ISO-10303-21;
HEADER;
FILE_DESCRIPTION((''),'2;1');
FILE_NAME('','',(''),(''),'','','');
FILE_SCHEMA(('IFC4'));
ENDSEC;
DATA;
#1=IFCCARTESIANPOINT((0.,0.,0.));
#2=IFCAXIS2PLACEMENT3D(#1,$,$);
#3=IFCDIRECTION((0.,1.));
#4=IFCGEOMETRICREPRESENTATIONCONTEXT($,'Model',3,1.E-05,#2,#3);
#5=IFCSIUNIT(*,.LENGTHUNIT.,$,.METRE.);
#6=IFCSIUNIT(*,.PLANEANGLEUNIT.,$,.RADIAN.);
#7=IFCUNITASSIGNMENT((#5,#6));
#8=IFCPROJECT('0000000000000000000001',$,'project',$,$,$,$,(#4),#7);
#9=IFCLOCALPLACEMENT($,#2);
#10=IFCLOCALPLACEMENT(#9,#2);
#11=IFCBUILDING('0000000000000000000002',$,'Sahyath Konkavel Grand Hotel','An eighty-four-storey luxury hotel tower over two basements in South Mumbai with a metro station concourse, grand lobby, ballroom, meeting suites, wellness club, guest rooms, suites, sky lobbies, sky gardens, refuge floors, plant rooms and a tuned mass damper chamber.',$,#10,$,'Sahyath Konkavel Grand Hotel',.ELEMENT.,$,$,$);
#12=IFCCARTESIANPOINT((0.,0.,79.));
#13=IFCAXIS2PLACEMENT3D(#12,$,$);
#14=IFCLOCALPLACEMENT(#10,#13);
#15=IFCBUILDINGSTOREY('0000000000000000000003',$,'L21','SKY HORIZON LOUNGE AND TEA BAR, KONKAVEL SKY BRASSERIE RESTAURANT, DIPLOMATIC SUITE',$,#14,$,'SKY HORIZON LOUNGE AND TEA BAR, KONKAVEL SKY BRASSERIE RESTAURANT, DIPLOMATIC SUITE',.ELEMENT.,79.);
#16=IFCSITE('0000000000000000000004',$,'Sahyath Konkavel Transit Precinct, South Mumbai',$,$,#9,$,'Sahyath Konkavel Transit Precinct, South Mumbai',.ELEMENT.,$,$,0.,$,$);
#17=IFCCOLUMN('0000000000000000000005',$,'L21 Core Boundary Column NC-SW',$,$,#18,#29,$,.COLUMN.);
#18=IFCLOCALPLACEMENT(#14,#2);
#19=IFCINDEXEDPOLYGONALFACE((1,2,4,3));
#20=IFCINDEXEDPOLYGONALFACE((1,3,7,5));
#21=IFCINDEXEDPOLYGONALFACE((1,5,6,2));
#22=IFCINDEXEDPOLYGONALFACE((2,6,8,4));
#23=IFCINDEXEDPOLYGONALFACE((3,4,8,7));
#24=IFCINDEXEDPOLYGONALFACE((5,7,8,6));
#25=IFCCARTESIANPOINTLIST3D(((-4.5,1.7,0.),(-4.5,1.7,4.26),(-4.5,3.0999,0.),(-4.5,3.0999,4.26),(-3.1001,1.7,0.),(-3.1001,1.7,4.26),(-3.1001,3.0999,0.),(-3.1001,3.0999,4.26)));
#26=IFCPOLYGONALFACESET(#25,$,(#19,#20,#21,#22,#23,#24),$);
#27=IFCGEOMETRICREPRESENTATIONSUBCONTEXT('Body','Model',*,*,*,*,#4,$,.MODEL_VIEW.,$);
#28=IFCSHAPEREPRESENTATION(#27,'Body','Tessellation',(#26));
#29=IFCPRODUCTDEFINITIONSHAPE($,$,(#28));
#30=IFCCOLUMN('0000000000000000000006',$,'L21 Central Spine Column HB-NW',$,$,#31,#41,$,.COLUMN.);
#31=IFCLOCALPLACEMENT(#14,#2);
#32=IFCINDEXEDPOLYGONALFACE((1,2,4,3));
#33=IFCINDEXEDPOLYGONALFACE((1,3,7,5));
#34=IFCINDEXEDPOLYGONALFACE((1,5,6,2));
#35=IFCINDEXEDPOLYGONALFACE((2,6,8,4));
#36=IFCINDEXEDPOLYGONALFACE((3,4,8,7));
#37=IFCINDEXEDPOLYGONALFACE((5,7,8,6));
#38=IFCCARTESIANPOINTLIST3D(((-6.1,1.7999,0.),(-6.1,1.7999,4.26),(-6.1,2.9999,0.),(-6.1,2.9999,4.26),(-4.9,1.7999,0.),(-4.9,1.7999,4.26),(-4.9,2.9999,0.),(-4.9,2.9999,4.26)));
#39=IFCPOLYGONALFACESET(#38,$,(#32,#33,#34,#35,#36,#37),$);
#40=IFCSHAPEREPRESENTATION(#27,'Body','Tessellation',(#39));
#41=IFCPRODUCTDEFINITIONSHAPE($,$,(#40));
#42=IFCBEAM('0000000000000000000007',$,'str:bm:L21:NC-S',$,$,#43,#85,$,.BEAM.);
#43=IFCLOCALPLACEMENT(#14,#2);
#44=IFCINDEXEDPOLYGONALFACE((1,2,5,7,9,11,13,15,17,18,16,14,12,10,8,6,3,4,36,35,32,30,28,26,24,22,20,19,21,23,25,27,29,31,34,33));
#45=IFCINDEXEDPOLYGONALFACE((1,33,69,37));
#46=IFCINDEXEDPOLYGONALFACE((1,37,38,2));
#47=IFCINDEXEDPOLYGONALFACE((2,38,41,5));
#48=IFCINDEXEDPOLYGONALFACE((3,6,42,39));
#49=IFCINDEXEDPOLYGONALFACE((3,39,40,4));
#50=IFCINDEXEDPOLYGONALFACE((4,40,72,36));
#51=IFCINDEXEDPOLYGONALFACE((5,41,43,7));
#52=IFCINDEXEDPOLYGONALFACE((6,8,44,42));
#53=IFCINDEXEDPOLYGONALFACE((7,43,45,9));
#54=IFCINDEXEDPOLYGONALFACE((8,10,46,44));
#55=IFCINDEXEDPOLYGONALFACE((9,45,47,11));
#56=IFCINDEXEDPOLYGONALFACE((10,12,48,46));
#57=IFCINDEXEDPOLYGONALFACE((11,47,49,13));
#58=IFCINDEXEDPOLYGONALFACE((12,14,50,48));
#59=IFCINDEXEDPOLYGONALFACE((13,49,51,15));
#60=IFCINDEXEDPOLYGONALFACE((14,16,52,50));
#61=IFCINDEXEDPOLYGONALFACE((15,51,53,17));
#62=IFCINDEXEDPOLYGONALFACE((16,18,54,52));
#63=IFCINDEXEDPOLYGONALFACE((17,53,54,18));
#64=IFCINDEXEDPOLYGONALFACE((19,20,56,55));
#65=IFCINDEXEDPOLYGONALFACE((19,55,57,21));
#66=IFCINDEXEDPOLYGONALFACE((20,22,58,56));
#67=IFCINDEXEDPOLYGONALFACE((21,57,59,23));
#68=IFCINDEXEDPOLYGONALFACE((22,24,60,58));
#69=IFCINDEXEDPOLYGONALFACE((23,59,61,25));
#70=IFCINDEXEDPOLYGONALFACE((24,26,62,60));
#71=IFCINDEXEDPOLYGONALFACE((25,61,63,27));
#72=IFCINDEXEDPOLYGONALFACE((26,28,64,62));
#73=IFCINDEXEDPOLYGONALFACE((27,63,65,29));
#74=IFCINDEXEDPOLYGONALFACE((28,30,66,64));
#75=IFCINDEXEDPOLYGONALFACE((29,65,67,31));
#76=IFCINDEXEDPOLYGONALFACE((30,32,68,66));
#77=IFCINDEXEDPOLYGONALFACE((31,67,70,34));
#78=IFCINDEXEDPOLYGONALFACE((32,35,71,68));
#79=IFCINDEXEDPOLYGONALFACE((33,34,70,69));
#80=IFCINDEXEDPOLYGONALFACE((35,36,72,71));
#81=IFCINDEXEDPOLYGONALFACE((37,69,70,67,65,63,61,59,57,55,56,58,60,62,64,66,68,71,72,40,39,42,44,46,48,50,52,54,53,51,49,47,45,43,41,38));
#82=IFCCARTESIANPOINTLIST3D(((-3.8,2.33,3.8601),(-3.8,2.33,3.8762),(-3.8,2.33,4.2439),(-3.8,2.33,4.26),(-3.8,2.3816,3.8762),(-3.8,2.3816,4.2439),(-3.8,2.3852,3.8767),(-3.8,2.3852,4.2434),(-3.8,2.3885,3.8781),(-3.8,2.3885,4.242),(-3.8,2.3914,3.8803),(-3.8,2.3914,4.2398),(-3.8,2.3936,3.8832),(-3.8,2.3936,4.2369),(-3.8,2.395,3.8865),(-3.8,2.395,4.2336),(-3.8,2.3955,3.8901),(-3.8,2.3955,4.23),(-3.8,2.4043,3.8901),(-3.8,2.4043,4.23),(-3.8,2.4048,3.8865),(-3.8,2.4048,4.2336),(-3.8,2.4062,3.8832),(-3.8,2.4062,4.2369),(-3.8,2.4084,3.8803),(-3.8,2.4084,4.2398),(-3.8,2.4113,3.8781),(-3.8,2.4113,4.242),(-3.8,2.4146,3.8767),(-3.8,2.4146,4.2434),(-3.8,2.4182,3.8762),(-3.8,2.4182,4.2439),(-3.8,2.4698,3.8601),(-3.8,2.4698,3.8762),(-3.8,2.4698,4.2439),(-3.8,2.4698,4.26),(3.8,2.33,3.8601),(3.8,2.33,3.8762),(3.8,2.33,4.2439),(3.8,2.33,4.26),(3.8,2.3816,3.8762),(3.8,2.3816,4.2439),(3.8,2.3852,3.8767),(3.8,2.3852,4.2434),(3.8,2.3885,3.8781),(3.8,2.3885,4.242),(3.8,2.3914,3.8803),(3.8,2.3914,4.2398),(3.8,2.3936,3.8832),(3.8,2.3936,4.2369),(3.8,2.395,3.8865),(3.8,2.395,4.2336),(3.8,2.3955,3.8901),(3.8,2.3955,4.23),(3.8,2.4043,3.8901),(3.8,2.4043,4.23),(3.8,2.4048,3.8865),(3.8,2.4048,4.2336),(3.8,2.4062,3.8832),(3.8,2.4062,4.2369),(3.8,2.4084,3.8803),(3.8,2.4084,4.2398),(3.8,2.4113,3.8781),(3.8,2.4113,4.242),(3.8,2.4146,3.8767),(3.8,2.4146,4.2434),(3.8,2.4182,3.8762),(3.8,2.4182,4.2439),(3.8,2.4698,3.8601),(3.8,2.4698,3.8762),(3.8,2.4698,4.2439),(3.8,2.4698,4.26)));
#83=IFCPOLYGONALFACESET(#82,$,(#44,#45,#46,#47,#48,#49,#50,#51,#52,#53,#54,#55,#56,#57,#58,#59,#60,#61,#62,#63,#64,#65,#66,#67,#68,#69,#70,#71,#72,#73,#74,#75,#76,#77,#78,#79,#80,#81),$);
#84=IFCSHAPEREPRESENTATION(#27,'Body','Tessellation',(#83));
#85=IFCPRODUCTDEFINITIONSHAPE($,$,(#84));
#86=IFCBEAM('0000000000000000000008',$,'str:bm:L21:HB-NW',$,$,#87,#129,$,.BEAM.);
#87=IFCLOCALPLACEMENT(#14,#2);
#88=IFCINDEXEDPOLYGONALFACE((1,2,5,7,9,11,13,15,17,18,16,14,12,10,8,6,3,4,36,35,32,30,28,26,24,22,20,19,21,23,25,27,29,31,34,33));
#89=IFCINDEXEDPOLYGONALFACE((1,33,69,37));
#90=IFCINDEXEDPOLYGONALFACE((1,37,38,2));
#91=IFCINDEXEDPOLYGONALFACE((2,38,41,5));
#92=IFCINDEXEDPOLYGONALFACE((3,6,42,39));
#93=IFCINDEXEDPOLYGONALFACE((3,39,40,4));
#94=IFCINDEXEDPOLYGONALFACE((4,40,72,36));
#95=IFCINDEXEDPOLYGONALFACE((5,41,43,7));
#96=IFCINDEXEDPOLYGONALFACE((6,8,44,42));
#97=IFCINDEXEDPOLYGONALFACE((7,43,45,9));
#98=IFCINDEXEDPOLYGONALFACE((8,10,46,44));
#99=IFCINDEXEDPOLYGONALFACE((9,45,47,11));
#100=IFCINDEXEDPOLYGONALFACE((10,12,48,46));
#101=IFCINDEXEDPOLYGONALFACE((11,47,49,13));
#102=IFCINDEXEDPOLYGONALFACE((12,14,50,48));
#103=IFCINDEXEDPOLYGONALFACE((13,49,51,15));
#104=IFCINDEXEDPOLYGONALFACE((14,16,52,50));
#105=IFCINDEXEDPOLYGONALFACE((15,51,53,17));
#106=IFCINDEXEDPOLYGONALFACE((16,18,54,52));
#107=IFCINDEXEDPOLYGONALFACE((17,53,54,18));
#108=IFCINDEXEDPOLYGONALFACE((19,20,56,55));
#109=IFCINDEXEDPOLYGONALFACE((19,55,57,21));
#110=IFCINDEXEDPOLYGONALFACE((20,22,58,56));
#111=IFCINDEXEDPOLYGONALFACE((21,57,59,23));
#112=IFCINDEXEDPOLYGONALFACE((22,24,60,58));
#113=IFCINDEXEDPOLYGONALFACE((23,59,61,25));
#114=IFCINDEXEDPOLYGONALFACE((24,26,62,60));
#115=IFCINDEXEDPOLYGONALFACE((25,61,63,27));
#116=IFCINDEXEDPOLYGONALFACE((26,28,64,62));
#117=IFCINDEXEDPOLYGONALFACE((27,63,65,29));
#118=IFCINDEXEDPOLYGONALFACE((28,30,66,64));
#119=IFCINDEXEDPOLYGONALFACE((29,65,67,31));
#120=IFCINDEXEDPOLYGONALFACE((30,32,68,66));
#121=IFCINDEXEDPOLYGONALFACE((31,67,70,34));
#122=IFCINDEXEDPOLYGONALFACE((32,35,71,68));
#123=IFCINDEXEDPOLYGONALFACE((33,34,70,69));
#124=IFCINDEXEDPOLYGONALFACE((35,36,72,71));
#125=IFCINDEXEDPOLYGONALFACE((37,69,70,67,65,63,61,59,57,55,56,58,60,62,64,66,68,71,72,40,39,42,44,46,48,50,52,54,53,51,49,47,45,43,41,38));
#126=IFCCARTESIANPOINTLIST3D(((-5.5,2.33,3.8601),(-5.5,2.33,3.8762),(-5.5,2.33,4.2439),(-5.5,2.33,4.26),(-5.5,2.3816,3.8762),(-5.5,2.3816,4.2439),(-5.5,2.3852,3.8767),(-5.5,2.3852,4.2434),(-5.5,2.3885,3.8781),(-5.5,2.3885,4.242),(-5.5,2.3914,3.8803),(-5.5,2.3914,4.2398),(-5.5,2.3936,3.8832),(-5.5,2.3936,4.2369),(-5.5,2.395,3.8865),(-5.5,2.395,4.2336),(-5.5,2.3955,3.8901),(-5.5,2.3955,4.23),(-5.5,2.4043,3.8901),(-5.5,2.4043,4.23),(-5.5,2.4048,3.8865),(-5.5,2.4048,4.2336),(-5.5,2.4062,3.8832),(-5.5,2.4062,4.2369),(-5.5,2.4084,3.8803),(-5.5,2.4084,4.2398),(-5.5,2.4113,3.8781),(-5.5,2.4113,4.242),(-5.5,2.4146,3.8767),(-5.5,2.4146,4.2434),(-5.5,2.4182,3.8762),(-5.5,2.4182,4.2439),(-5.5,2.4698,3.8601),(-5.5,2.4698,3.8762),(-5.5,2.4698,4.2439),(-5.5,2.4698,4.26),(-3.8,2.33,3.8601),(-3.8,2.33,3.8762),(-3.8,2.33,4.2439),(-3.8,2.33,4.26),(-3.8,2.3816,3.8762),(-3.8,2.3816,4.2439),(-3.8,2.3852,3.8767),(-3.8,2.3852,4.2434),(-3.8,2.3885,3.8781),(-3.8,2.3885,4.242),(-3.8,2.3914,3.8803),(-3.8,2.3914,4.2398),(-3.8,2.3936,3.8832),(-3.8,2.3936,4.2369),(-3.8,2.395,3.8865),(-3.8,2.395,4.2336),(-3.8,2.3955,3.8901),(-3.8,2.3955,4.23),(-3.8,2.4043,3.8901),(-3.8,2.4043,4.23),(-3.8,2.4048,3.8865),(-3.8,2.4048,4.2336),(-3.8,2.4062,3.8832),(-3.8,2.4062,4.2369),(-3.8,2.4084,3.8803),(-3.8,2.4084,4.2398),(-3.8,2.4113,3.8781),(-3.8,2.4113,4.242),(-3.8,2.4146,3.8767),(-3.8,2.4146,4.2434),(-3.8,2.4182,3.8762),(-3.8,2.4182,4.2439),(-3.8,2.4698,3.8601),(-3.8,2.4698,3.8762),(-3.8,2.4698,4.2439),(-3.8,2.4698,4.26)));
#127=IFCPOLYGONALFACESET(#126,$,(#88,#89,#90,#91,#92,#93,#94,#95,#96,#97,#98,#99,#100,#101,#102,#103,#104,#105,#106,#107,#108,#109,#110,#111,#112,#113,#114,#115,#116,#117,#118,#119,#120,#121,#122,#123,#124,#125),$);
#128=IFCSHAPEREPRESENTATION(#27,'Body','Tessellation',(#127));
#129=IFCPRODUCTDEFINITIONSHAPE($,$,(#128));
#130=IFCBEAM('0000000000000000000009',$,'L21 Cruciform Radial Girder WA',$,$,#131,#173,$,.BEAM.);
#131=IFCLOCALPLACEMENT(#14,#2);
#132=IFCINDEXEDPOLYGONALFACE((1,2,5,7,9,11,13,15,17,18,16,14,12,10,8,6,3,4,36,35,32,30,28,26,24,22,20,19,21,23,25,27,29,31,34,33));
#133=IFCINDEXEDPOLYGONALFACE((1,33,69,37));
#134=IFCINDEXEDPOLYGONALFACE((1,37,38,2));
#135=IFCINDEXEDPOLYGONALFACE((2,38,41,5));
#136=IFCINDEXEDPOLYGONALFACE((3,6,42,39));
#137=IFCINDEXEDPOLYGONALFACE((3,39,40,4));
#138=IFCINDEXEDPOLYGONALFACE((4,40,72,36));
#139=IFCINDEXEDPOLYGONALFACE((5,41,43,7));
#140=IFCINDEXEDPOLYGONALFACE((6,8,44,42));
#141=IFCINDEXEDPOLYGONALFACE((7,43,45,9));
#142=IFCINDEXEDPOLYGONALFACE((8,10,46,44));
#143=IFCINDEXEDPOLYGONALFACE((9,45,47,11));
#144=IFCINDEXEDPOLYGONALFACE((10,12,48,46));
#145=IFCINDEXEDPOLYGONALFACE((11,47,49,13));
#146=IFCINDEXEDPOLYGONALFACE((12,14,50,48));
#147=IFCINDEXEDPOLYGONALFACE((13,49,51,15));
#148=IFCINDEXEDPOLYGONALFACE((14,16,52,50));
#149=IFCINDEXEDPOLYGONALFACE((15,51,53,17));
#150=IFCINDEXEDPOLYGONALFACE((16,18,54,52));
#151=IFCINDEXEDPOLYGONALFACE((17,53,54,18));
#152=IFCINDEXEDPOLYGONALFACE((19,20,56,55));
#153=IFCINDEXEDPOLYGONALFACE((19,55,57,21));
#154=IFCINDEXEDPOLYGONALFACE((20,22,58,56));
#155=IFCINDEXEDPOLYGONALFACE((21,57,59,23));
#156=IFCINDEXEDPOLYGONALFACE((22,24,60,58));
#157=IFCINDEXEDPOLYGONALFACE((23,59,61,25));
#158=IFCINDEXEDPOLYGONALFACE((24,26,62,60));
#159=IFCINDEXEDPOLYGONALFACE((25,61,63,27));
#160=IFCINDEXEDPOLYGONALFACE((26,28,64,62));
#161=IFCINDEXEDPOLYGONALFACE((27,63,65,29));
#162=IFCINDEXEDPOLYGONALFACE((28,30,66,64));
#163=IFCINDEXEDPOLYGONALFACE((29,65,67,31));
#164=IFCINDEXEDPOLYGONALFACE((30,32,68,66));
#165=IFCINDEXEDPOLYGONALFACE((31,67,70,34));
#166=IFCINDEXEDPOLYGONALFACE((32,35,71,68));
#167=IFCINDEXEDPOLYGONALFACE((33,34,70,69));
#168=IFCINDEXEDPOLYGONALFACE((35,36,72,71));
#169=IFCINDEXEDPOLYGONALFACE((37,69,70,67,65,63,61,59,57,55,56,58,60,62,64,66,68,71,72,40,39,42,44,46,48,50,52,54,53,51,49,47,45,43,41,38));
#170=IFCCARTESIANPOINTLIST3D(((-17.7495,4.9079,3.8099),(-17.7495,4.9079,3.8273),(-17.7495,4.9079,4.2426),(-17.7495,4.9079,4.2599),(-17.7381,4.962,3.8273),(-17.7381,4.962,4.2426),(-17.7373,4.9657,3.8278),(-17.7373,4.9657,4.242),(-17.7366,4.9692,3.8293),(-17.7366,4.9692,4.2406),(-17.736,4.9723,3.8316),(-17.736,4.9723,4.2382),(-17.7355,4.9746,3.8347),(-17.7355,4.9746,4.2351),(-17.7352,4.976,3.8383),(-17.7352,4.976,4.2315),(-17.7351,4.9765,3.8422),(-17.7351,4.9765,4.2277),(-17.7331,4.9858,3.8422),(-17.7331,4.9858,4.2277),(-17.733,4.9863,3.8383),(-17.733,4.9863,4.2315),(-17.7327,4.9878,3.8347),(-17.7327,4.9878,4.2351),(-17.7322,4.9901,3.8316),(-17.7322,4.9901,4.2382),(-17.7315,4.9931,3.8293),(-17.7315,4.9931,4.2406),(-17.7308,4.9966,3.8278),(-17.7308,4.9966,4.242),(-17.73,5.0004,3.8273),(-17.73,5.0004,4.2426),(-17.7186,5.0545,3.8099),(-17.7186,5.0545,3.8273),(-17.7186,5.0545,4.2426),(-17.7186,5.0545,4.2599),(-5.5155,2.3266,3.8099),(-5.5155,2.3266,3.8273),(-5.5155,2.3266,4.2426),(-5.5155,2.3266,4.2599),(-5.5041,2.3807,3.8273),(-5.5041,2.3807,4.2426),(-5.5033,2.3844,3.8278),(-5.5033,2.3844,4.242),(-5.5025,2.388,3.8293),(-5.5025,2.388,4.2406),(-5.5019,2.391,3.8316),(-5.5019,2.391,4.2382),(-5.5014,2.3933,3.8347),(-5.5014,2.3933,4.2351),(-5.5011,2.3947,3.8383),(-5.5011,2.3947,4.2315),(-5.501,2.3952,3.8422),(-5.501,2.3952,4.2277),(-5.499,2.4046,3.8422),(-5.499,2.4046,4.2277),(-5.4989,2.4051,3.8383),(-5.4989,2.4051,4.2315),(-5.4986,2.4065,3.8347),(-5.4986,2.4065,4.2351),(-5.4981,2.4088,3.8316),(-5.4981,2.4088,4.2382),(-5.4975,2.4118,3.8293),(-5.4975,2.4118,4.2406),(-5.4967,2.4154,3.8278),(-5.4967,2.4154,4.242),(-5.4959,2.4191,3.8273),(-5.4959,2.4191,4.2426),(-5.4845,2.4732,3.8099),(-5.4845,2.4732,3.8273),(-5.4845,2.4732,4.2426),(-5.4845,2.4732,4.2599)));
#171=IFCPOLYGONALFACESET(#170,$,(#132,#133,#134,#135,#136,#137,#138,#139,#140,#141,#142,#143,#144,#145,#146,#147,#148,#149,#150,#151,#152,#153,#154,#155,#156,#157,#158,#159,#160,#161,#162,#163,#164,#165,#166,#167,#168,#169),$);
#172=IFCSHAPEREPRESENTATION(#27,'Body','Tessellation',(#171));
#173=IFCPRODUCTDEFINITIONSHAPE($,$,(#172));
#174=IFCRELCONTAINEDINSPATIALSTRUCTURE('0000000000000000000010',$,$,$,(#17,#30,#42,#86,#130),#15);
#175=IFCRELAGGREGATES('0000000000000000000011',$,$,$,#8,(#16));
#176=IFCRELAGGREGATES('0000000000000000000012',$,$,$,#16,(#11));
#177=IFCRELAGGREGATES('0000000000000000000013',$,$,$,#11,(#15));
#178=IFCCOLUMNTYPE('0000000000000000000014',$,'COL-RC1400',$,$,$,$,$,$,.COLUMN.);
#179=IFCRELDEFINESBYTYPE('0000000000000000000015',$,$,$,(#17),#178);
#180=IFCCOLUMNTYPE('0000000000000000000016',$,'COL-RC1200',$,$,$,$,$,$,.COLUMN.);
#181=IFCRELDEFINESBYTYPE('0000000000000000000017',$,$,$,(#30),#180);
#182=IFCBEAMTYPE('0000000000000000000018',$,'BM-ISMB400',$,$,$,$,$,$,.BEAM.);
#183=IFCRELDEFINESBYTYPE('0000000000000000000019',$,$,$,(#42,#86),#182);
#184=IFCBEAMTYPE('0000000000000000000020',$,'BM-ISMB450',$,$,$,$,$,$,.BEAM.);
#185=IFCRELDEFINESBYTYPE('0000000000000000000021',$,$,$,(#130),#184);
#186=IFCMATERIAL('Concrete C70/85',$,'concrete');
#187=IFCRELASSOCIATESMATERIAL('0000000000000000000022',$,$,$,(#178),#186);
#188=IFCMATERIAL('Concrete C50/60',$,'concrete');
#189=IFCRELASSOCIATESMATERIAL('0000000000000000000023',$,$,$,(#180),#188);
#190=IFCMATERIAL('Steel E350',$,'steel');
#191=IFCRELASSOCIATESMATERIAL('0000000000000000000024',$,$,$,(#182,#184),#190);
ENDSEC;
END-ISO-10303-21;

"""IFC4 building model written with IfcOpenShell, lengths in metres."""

from ifc_helpers import new_model, si_unit, direction, frame, origin, origin_2d, place, context, subcontext, project, spatial, rectangle, i_section, extrude, source, transform, mapped, material, material_profile, profile_set, type_object, element, save


model = new_model("IFC4")

# Units and contexts
model_context = context("Model", 3, precision=1e-05, world=origin(), true_north=direction((0.0, 1.0)))
body_context = subcontext(model_context, "Body", "Model", "MODEL_VIEW")
ifc_project = project(units=[si_unit("LENGTHUNIT", "METRE"), si_unit("PLANEANGLEUNIT", "RADIAN")], contexts=[model_context])

# Site, building, storey
site_placement = place(None, origin())
site = spatial("IfcSite", under=ifc_project, at=site_placement, Name="Sahyath Konkavel Transit Precinct, South Mumbai", LongName="Sahyath Konkavel Transit Precinct, South Mumbai", CompositionType="ELEMENT", RefElevation=0.0)
building_placement = place(site_placement, origin())
building = spatial("IfcBuilding", under=site, at=building_placement, Name="Sahyath Konkavel Grand Hotel", Description="An eighty-four-storey luxury hotel tower over two basements in South Mumbai with a metro station concourse, grand lobby, ballroom, meeting suites, wellness club, guest rooms, suites, sky lobbies, sky gardens, refuge floors, plant rooms and a tuned mass damper chamber.", LongName="Sahyath Konkavel Grand Hotel", CompositionType="ELEMENT")
storey_placement = place(building_placement, frame((0.0, 0.0, 79.0)))
storey = spatial("IfcBuildingStorey", under=building, at=storey_placement, Name="L21", Description="SKY HORIZON LOUNGE AND TEA BAR, KONKAVEL SKY BRASSERIE RESTAURANT, DIPLOMATIC SUITE", LongName="SKY HORIZON LOUNGE AND TEA BAR, KONKAVEL SKY BRASSERIE RESTAURANT, DIPLOMATIC SUITE", CompositionType="ELEMENT", Elevation=79.0)

# Columns
ifc_material_1 = material(Name="Concrete C70/85", Category="concrete")
ifc_material_profile_1 = material_profile(ifc_material_1, rectangle(XDim=1.3999, YDim=1.3999, at=origin_2d()), Name="RC 1400x1400")
ifc_profile_set_1 = profile_set([ifc_material_profile_1], Name="Concrete C70/85")
column_type_1 = type_object("IfcColumnType", Name="COL-RC1400", PredefinedType="COLUMN", material=ifc_profile_set_1)
shared_shape_1 = source(origin(), body_context, "Body", "SweptSolid", [
    extrude(rectangle(XDim=1.3999, YDim=1.3999, at=origin_2d()), origin(), (0.0, 0.0, 1.0), 4.26),
])
column_1_placement = place(storey_placement, frame((-3.8, 2.3999, 0.0), z_axis=(0.0, 0.0, 1.0), x_axis=(1.0, 0.0, 0.0)))
element("IfcColumn", 1, at=column_1_placement, inside=storey, type_object=column_type_1, Name="L21 Core Boundary Column NC-SW", PredefinedType="COLUMN", context=body_context, shape_type="MappedRepresentation", body=[
    mapped(shared_shape_1, transform((0.0, 0.0, 0.0), scale=1.0)),
])
ifc_material_2 = material(Name="Concrete C50/60", Category="concrete")
ifc_material_profile_2 = material_profile(ifc_material_2, rectangle(XDim=1.2, YDim=1.2, at=origin_2d()), Name="RC 1200x1200")
ifc_profile_set_2 = profile_set([ifc_material_profile_2], Name="Concrete C50/60")
column_type_2 = type_object("IfcColumnType", Name="COL-RC1200", PredefinedType="COLUMN", material=ifc_profile_set_2)
shared_shape_2 = source(origin(), body_context, "Body", "SweptSolid", [
    extrude(rectangle(XDim=1.2, YDim=1.2, at=origin_2d()), origin(), (0.0, 0.0, 1.0), 4.26),
])
column_2_placement = place(storey_placement, frame((-5.5, 2.3999, 0.0), z_axis=(0.0, 0.0, 1.0), x_axis=(1.0, 0.0, 0.0)))
element("IfcColumn", 2, at=column_2_placement, inside=storey, type_object=column_type_2, Name="L21 Central Spine Column HB-NW", PredefinedType="COLUMN", context=body_context, shape_type="MappedRepresentation", body=[
    mapped(shared_shape_2, transform((0.0, 0.0, 0.0), scale=1.0)),
])

# Beams
ifc_material_3 = material(Name="Steel E350", Category="steel")
ifc_material_profile_3 = material_profile(ifc_material_3, i_section(OverallWidth=0.1399, OverallDepth=0.3999, WebThickness=0.0088, FlangeThickness=0.0161, FilletRadius=0.0139, at=origin_2d()), Name="ISMB 400")
ifc_profile_set_3 = profile_set([ifc_material_profile_3], Name="Steel E350")
beam_type_1 = type_object("IfcBeamType", Name="BM-ISMB400", PredefinedType="BEAM", material=ifc_profile_set_3)
shared_shape_3 = source(origin(), body_context, "Body", "SweptSolid", [
    extrude(i_section(OverallWidth=0.1399, OverallDepth=0.3999, WebThickness=0.0088, FlangeThickness=0.0161, FilletRadius=0.0139, at=origin_2d()), origin(), (0.0, 0.0, 1.0), 7.6001),
])
beam_1_placement = place(storey_placement, frame((-3.8, 2.3999, 4.0601), z_axis=(1.0, 0.0, 0.0), x_axis=(0.0, 1.0, 0.0)))
element("IfcBeam", 3, at=beam_1_placement, inside=storey, type_object=beam_type_1, Name="str:bm:L21:NC-S", PredefinedType="BEAM", context=body_context, shape_type="MappedRepresentation", body=[
    mapped(shared_shape_3, transform((0.0, 0.0, 0.0), scale=1.0)),
])
shared_shape_4 = source(origin(), body_context, "Body", "SweptSolid", [
    extrude(i_section(OverallWidth=0.1399, OverallDepth=0.3999, WebThickness=0.0088, FlangeThickness=0.0161, FilletRadius=0.0139, at=origin_2d()), origin(), (0.0, 0.0, 1.0), 1.7),
])
beam_2_placement = place(storey_placement, frame((-5.5, 2.3999, 4.0601), z_axis=(1.0, 0.0, 0.0), x_axis=(0.0, 1.0, 0.0)))
element("IfcBeam", 4, at=beam_2_placement, inside=storey, type_object=beam_type_1, Name="str:bm:L21:HB-NW", PredefinedType="BEAM", context=body_context, shape_type="MappedRepresentation", body=[
    mapped(shared_shape_4, transform((0.0, 0.0, 0.0), scale=1.0)),
])
ifc_material_profile_4 = material_profile(ifc_material_3, i_section(OverallWidth=0.1499, OverallDepth=0.45, WebThickness=0.0095, FlangeThickness=0.0173, FilletRadius=0.0149, at=origin_2d()), Name="ISMB 450")
ifc_profile_set_4 = profile_set([ifc_material_profile_4], Name="Steel E350")
beam_type_2 = type_object("IfcBeamType", Name="BM-ISMB450", PredefinedType="BEAM", material=ifc_profile_set_4)
shared_shape_5 = source(origin(), body_context, "Body", "SweptSolid", [
    extrude(i_section(OverallWidth=0.1499, OverallDepth=0.45, WebThickness=0.0095, FlangeThickness=0.0173, FilletRadius=0.0149, at=origin_2d()), origin(), (0.0, 0.0, 1.0), 12.5034),
])
beam_3_placement = place(storey_placement, frame((-5.5, 2.3999, 4.0349), z_axis=(-0.978458, 0.206446, 0.0), x_axis=(-0.206446, -0.978458, 0.0)))
element("IfcBeam", 5, at=beam_3_placement, inside=storey, type_object=beam_type_2, Name="L21 Cruciform Radial Girder WA", PredefinedType="BEAM", context=body_context, shape_type="MappedRepresentation", body=[
    mapped(shared_shape_5, transform((0.0, 0.0, 0.0), scale=1.0)),
])

save(model, "model.ifc")
